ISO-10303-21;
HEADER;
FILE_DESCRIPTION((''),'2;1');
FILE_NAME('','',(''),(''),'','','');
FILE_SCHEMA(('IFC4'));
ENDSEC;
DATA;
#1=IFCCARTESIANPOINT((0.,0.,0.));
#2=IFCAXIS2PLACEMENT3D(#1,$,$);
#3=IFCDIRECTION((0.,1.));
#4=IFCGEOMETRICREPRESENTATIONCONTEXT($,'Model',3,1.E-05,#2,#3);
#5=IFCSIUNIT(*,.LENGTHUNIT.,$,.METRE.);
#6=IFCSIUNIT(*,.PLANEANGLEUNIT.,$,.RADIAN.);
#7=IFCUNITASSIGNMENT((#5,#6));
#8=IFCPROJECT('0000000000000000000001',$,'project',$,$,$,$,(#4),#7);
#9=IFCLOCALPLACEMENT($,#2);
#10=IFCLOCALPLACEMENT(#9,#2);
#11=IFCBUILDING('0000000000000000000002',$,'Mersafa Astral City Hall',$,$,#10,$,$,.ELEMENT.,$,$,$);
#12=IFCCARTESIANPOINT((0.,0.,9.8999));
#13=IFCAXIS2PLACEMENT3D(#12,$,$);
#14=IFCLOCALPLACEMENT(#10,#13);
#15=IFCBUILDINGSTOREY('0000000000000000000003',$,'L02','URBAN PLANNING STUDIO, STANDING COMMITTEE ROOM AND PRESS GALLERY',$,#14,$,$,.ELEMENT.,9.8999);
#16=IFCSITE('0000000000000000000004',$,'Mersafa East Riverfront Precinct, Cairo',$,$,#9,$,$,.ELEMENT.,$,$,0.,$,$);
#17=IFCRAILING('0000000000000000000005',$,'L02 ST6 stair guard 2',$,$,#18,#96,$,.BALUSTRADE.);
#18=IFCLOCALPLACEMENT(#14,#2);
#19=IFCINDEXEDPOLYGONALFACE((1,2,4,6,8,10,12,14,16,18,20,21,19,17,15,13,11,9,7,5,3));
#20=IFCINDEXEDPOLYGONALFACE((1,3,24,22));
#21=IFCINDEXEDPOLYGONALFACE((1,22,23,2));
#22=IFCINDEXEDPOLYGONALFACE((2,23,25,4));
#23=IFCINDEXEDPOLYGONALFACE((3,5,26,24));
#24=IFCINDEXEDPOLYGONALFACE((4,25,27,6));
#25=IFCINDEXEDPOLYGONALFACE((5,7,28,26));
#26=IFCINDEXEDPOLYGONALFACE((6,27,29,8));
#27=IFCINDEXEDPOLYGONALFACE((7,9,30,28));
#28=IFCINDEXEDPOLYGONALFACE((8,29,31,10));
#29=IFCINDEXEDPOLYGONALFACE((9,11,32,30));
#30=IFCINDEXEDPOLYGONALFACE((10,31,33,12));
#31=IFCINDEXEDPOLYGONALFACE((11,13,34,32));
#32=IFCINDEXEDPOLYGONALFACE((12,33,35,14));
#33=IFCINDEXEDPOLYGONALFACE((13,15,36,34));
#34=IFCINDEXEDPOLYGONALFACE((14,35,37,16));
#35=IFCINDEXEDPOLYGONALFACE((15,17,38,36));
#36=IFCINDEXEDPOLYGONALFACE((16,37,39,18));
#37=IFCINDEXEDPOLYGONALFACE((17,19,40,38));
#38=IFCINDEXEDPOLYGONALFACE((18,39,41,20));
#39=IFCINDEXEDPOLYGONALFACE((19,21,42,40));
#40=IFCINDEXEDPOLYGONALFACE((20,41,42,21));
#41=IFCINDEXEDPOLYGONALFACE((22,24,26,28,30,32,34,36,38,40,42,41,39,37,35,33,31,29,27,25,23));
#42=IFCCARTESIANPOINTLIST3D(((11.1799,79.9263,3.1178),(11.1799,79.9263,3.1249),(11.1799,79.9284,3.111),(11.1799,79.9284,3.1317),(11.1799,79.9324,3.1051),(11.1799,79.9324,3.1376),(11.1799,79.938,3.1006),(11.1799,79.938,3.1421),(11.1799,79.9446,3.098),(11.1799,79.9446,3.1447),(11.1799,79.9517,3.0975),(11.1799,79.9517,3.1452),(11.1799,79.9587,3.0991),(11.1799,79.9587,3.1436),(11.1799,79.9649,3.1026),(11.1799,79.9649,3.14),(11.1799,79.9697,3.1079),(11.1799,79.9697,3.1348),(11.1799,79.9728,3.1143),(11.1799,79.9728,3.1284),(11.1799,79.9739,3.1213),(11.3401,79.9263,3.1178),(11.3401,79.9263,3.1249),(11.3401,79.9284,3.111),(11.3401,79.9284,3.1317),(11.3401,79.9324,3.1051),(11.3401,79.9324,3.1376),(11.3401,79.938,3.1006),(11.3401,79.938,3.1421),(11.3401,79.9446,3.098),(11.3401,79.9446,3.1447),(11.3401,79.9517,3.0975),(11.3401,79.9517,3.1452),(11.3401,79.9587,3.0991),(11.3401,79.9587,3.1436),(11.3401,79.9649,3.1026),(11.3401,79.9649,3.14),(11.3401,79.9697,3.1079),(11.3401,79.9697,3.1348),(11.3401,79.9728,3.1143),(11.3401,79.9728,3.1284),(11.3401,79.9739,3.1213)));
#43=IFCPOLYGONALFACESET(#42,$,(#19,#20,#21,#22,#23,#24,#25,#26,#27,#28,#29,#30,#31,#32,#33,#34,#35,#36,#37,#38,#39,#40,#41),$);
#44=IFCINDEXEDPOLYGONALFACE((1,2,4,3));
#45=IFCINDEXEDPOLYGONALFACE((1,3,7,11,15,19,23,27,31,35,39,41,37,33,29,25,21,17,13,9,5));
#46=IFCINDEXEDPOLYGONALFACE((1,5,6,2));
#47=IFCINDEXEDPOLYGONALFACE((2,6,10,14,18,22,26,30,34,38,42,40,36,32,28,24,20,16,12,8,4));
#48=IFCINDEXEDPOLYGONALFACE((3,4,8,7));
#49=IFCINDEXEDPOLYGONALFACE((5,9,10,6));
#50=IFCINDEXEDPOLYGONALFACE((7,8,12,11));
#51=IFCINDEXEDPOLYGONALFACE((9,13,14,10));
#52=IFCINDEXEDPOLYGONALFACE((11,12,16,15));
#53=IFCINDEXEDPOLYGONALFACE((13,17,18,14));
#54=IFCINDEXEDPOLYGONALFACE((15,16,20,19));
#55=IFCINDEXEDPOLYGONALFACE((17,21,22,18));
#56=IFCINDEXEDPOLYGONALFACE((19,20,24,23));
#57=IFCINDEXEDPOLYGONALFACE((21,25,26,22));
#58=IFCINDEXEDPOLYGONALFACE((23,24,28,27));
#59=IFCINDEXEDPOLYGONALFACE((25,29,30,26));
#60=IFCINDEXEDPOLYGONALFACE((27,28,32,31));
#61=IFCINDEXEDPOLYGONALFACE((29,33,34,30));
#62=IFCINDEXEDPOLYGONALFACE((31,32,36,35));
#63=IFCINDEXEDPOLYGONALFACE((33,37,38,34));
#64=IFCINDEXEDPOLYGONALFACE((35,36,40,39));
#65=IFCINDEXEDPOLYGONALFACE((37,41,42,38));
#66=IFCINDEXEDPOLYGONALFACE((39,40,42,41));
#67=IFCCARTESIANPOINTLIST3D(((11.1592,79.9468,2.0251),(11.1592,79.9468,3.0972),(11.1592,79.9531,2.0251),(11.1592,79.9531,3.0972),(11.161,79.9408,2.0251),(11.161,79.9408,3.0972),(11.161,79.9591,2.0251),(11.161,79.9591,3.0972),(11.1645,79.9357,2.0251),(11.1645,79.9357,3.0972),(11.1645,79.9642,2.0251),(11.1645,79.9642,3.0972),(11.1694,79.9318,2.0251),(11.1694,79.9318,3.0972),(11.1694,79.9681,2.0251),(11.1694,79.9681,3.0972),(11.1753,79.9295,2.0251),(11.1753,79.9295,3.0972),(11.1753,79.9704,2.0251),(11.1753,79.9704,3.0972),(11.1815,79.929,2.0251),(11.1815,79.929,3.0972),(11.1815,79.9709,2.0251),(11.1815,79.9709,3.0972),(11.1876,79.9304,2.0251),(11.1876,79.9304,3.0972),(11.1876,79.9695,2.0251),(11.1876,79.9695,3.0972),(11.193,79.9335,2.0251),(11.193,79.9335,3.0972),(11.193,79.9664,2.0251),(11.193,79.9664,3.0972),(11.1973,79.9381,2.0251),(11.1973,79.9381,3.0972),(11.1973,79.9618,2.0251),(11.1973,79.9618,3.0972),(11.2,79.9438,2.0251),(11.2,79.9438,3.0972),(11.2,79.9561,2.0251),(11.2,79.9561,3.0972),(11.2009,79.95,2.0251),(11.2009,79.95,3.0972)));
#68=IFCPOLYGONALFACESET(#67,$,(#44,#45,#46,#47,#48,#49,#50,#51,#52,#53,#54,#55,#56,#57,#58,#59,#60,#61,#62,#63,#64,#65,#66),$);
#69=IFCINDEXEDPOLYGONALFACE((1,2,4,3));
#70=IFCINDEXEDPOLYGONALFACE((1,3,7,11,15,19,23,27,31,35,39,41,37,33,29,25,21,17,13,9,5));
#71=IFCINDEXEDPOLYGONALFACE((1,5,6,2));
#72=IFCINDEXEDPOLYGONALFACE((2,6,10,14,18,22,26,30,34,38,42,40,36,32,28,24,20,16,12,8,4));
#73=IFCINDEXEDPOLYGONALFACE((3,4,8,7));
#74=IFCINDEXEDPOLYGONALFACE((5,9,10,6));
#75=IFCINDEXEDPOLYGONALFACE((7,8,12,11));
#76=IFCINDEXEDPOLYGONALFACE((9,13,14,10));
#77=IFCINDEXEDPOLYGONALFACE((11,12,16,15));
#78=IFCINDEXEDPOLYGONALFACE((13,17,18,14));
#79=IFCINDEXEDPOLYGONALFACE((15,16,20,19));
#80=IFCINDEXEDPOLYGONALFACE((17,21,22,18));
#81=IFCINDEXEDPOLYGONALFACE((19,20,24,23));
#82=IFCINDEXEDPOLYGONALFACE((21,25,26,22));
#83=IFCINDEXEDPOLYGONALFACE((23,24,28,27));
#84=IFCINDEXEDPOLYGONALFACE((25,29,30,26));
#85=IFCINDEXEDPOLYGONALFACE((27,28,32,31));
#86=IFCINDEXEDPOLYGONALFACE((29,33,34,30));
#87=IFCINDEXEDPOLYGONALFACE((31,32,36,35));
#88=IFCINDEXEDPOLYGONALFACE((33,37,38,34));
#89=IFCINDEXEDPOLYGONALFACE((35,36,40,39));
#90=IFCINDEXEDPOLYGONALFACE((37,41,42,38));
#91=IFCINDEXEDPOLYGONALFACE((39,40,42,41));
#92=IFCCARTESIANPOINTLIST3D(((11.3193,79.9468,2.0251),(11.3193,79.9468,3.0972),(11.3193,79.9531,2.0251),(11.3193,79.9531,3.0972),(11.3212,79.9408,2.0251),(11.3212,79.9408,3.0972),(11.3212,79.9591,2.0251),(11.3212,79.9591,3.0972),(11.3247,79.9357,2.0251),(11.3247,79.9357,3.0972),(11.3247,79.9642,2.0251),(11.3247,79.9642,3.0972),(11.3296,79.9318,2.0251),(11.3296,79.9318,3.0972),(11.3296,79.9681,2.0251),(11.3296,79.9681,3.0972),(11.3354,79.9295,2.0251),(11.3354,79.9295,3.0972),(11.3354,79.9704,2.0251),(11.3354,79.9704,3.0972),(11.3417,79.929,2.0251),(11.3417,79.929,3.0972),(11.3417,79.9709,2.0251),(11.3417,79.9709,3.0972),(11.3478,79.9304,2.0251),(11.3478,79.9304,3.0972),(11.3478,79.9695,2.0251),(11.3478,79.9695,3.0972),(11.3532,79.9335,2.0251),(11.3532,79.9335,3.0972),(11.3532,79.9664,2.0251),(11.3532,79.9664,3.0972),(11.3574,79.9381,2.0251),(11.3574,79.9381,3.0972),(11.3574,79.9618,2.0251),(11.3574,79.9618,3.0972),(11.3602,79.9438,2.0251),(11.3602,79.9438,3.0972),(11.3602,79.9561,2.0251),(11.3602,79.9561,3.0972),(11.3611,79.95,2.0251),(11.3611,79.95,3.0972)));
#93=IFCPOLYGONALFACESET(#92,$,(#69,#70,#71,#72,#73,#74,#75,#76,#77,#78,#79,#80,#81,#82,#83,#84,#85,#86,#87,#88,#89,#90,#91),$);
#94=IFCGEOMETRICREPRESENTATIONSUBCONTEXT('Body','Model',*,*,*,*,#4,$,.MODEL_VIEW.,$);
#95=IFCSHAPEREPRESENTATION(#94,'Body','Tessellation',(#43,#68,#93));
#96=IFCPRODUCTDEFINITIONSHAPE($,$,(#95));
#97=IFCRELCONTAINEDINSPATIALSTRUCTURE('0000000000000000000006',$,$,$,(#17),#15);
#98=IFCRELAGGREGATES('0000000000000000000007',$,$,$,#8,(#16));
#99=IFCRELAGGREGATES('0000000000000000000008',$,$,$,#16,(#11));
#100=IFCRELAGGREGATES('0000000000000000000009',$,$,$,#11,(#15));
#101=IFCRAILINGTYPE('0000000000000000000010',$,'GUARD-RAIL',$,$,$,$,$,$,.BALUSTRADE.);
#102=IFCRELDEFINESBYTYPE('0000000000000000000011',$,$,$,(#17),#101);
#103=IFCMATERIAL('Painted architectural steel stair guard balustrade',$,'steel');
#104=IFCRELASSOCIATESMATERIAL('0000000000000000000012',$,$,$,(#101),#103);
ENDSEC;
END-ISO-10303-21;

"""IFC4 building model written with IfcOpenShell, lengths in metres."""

from ifc_helpers import new_model, si_unit, direction, frame, origin, origin_2d, place, context, subcontext, project, spatial, circle, extrude, material, type_object, element, save


model = new_model("IFC4")

# Units and contexts
model_context = context("Model", 3, precision=1e-05, world=origin(), true_north=direction((0.0, 1.0)))
body_context = subcontext(model_context, "Body", "Model", "MODEL_VIEW")
ifc_project = project(units=[si_unit("LENGTHUNIT", "METRE"), si_unit("PLANEANGLEUNIT", "RADIAN")], contexts=[model_context])

# Site, building, storey
site_placement = place(None, origin())
site = spatial("IfcSite", under=ifc_project, at=site_placement, Name="Mersafa East Riverfront Precinct, Cairo", CompositionType="ELEMENT", RefElevation=0.0)
building_placement = place(site_placement, origin())
building = spatial("IfcBuilding", under=site, at=building_placement, Name="Mersafa Astral City Hall", CompositionType="ELEMENT")
storey_placement = place(building_placement, frame((0.0, 0.0, 9.8999)))
storey = spatial("IfcBuildingStorey", under=building, at=storey_placement, Name="L02", Description="URBAN PLANNING STUDIO, STANDING COMMITTEE ROOM AND PRESS GALLERY", CompositionType="ELEMENT", Elevation=9.8999)

# Railing
ifc_material_1 = material(Name="Painted architectural steel stair guard balustrade", Category="steel")
railing_type = type_object("IfcRailingType", Name="GUARD-RAIL", PredefinedType="BALUSTRADE", material=ifc_material_1)
railing_1_placement = place(storey_placement, frame((11.1799, 79.95, 2.0251)))
element("IfcRailing", 1, at=railing_1_placement, inside=storey, type_object=railing_type, Name="L02 ST6 stair guard 2", PredefinedType="BALUSTRADE", context=body_context, shape_type="SweptSolid", body=[
    extrude(circle(Radius=0.0239, at=origin_2d()), frame((0.0, 0.0, 1.0962), z_axis=(1.0, 0.0, 0.0), x_axis=(0.0, 1.0, 0.0)), (0.0, 0.0, 1.0), 0.1602),
    extrude(circle(Radius=0.021, at=origin_2d()), origin(), (0.0, 0.0, 1.0), 1.072),
    extrude(circle(Radius=0.021, at=origin_2d()), frame((0.1602, 0.0, 0.0)), (0.0, 0.0, 1.0), 1.072),
])

save(model, "model.ifc")
